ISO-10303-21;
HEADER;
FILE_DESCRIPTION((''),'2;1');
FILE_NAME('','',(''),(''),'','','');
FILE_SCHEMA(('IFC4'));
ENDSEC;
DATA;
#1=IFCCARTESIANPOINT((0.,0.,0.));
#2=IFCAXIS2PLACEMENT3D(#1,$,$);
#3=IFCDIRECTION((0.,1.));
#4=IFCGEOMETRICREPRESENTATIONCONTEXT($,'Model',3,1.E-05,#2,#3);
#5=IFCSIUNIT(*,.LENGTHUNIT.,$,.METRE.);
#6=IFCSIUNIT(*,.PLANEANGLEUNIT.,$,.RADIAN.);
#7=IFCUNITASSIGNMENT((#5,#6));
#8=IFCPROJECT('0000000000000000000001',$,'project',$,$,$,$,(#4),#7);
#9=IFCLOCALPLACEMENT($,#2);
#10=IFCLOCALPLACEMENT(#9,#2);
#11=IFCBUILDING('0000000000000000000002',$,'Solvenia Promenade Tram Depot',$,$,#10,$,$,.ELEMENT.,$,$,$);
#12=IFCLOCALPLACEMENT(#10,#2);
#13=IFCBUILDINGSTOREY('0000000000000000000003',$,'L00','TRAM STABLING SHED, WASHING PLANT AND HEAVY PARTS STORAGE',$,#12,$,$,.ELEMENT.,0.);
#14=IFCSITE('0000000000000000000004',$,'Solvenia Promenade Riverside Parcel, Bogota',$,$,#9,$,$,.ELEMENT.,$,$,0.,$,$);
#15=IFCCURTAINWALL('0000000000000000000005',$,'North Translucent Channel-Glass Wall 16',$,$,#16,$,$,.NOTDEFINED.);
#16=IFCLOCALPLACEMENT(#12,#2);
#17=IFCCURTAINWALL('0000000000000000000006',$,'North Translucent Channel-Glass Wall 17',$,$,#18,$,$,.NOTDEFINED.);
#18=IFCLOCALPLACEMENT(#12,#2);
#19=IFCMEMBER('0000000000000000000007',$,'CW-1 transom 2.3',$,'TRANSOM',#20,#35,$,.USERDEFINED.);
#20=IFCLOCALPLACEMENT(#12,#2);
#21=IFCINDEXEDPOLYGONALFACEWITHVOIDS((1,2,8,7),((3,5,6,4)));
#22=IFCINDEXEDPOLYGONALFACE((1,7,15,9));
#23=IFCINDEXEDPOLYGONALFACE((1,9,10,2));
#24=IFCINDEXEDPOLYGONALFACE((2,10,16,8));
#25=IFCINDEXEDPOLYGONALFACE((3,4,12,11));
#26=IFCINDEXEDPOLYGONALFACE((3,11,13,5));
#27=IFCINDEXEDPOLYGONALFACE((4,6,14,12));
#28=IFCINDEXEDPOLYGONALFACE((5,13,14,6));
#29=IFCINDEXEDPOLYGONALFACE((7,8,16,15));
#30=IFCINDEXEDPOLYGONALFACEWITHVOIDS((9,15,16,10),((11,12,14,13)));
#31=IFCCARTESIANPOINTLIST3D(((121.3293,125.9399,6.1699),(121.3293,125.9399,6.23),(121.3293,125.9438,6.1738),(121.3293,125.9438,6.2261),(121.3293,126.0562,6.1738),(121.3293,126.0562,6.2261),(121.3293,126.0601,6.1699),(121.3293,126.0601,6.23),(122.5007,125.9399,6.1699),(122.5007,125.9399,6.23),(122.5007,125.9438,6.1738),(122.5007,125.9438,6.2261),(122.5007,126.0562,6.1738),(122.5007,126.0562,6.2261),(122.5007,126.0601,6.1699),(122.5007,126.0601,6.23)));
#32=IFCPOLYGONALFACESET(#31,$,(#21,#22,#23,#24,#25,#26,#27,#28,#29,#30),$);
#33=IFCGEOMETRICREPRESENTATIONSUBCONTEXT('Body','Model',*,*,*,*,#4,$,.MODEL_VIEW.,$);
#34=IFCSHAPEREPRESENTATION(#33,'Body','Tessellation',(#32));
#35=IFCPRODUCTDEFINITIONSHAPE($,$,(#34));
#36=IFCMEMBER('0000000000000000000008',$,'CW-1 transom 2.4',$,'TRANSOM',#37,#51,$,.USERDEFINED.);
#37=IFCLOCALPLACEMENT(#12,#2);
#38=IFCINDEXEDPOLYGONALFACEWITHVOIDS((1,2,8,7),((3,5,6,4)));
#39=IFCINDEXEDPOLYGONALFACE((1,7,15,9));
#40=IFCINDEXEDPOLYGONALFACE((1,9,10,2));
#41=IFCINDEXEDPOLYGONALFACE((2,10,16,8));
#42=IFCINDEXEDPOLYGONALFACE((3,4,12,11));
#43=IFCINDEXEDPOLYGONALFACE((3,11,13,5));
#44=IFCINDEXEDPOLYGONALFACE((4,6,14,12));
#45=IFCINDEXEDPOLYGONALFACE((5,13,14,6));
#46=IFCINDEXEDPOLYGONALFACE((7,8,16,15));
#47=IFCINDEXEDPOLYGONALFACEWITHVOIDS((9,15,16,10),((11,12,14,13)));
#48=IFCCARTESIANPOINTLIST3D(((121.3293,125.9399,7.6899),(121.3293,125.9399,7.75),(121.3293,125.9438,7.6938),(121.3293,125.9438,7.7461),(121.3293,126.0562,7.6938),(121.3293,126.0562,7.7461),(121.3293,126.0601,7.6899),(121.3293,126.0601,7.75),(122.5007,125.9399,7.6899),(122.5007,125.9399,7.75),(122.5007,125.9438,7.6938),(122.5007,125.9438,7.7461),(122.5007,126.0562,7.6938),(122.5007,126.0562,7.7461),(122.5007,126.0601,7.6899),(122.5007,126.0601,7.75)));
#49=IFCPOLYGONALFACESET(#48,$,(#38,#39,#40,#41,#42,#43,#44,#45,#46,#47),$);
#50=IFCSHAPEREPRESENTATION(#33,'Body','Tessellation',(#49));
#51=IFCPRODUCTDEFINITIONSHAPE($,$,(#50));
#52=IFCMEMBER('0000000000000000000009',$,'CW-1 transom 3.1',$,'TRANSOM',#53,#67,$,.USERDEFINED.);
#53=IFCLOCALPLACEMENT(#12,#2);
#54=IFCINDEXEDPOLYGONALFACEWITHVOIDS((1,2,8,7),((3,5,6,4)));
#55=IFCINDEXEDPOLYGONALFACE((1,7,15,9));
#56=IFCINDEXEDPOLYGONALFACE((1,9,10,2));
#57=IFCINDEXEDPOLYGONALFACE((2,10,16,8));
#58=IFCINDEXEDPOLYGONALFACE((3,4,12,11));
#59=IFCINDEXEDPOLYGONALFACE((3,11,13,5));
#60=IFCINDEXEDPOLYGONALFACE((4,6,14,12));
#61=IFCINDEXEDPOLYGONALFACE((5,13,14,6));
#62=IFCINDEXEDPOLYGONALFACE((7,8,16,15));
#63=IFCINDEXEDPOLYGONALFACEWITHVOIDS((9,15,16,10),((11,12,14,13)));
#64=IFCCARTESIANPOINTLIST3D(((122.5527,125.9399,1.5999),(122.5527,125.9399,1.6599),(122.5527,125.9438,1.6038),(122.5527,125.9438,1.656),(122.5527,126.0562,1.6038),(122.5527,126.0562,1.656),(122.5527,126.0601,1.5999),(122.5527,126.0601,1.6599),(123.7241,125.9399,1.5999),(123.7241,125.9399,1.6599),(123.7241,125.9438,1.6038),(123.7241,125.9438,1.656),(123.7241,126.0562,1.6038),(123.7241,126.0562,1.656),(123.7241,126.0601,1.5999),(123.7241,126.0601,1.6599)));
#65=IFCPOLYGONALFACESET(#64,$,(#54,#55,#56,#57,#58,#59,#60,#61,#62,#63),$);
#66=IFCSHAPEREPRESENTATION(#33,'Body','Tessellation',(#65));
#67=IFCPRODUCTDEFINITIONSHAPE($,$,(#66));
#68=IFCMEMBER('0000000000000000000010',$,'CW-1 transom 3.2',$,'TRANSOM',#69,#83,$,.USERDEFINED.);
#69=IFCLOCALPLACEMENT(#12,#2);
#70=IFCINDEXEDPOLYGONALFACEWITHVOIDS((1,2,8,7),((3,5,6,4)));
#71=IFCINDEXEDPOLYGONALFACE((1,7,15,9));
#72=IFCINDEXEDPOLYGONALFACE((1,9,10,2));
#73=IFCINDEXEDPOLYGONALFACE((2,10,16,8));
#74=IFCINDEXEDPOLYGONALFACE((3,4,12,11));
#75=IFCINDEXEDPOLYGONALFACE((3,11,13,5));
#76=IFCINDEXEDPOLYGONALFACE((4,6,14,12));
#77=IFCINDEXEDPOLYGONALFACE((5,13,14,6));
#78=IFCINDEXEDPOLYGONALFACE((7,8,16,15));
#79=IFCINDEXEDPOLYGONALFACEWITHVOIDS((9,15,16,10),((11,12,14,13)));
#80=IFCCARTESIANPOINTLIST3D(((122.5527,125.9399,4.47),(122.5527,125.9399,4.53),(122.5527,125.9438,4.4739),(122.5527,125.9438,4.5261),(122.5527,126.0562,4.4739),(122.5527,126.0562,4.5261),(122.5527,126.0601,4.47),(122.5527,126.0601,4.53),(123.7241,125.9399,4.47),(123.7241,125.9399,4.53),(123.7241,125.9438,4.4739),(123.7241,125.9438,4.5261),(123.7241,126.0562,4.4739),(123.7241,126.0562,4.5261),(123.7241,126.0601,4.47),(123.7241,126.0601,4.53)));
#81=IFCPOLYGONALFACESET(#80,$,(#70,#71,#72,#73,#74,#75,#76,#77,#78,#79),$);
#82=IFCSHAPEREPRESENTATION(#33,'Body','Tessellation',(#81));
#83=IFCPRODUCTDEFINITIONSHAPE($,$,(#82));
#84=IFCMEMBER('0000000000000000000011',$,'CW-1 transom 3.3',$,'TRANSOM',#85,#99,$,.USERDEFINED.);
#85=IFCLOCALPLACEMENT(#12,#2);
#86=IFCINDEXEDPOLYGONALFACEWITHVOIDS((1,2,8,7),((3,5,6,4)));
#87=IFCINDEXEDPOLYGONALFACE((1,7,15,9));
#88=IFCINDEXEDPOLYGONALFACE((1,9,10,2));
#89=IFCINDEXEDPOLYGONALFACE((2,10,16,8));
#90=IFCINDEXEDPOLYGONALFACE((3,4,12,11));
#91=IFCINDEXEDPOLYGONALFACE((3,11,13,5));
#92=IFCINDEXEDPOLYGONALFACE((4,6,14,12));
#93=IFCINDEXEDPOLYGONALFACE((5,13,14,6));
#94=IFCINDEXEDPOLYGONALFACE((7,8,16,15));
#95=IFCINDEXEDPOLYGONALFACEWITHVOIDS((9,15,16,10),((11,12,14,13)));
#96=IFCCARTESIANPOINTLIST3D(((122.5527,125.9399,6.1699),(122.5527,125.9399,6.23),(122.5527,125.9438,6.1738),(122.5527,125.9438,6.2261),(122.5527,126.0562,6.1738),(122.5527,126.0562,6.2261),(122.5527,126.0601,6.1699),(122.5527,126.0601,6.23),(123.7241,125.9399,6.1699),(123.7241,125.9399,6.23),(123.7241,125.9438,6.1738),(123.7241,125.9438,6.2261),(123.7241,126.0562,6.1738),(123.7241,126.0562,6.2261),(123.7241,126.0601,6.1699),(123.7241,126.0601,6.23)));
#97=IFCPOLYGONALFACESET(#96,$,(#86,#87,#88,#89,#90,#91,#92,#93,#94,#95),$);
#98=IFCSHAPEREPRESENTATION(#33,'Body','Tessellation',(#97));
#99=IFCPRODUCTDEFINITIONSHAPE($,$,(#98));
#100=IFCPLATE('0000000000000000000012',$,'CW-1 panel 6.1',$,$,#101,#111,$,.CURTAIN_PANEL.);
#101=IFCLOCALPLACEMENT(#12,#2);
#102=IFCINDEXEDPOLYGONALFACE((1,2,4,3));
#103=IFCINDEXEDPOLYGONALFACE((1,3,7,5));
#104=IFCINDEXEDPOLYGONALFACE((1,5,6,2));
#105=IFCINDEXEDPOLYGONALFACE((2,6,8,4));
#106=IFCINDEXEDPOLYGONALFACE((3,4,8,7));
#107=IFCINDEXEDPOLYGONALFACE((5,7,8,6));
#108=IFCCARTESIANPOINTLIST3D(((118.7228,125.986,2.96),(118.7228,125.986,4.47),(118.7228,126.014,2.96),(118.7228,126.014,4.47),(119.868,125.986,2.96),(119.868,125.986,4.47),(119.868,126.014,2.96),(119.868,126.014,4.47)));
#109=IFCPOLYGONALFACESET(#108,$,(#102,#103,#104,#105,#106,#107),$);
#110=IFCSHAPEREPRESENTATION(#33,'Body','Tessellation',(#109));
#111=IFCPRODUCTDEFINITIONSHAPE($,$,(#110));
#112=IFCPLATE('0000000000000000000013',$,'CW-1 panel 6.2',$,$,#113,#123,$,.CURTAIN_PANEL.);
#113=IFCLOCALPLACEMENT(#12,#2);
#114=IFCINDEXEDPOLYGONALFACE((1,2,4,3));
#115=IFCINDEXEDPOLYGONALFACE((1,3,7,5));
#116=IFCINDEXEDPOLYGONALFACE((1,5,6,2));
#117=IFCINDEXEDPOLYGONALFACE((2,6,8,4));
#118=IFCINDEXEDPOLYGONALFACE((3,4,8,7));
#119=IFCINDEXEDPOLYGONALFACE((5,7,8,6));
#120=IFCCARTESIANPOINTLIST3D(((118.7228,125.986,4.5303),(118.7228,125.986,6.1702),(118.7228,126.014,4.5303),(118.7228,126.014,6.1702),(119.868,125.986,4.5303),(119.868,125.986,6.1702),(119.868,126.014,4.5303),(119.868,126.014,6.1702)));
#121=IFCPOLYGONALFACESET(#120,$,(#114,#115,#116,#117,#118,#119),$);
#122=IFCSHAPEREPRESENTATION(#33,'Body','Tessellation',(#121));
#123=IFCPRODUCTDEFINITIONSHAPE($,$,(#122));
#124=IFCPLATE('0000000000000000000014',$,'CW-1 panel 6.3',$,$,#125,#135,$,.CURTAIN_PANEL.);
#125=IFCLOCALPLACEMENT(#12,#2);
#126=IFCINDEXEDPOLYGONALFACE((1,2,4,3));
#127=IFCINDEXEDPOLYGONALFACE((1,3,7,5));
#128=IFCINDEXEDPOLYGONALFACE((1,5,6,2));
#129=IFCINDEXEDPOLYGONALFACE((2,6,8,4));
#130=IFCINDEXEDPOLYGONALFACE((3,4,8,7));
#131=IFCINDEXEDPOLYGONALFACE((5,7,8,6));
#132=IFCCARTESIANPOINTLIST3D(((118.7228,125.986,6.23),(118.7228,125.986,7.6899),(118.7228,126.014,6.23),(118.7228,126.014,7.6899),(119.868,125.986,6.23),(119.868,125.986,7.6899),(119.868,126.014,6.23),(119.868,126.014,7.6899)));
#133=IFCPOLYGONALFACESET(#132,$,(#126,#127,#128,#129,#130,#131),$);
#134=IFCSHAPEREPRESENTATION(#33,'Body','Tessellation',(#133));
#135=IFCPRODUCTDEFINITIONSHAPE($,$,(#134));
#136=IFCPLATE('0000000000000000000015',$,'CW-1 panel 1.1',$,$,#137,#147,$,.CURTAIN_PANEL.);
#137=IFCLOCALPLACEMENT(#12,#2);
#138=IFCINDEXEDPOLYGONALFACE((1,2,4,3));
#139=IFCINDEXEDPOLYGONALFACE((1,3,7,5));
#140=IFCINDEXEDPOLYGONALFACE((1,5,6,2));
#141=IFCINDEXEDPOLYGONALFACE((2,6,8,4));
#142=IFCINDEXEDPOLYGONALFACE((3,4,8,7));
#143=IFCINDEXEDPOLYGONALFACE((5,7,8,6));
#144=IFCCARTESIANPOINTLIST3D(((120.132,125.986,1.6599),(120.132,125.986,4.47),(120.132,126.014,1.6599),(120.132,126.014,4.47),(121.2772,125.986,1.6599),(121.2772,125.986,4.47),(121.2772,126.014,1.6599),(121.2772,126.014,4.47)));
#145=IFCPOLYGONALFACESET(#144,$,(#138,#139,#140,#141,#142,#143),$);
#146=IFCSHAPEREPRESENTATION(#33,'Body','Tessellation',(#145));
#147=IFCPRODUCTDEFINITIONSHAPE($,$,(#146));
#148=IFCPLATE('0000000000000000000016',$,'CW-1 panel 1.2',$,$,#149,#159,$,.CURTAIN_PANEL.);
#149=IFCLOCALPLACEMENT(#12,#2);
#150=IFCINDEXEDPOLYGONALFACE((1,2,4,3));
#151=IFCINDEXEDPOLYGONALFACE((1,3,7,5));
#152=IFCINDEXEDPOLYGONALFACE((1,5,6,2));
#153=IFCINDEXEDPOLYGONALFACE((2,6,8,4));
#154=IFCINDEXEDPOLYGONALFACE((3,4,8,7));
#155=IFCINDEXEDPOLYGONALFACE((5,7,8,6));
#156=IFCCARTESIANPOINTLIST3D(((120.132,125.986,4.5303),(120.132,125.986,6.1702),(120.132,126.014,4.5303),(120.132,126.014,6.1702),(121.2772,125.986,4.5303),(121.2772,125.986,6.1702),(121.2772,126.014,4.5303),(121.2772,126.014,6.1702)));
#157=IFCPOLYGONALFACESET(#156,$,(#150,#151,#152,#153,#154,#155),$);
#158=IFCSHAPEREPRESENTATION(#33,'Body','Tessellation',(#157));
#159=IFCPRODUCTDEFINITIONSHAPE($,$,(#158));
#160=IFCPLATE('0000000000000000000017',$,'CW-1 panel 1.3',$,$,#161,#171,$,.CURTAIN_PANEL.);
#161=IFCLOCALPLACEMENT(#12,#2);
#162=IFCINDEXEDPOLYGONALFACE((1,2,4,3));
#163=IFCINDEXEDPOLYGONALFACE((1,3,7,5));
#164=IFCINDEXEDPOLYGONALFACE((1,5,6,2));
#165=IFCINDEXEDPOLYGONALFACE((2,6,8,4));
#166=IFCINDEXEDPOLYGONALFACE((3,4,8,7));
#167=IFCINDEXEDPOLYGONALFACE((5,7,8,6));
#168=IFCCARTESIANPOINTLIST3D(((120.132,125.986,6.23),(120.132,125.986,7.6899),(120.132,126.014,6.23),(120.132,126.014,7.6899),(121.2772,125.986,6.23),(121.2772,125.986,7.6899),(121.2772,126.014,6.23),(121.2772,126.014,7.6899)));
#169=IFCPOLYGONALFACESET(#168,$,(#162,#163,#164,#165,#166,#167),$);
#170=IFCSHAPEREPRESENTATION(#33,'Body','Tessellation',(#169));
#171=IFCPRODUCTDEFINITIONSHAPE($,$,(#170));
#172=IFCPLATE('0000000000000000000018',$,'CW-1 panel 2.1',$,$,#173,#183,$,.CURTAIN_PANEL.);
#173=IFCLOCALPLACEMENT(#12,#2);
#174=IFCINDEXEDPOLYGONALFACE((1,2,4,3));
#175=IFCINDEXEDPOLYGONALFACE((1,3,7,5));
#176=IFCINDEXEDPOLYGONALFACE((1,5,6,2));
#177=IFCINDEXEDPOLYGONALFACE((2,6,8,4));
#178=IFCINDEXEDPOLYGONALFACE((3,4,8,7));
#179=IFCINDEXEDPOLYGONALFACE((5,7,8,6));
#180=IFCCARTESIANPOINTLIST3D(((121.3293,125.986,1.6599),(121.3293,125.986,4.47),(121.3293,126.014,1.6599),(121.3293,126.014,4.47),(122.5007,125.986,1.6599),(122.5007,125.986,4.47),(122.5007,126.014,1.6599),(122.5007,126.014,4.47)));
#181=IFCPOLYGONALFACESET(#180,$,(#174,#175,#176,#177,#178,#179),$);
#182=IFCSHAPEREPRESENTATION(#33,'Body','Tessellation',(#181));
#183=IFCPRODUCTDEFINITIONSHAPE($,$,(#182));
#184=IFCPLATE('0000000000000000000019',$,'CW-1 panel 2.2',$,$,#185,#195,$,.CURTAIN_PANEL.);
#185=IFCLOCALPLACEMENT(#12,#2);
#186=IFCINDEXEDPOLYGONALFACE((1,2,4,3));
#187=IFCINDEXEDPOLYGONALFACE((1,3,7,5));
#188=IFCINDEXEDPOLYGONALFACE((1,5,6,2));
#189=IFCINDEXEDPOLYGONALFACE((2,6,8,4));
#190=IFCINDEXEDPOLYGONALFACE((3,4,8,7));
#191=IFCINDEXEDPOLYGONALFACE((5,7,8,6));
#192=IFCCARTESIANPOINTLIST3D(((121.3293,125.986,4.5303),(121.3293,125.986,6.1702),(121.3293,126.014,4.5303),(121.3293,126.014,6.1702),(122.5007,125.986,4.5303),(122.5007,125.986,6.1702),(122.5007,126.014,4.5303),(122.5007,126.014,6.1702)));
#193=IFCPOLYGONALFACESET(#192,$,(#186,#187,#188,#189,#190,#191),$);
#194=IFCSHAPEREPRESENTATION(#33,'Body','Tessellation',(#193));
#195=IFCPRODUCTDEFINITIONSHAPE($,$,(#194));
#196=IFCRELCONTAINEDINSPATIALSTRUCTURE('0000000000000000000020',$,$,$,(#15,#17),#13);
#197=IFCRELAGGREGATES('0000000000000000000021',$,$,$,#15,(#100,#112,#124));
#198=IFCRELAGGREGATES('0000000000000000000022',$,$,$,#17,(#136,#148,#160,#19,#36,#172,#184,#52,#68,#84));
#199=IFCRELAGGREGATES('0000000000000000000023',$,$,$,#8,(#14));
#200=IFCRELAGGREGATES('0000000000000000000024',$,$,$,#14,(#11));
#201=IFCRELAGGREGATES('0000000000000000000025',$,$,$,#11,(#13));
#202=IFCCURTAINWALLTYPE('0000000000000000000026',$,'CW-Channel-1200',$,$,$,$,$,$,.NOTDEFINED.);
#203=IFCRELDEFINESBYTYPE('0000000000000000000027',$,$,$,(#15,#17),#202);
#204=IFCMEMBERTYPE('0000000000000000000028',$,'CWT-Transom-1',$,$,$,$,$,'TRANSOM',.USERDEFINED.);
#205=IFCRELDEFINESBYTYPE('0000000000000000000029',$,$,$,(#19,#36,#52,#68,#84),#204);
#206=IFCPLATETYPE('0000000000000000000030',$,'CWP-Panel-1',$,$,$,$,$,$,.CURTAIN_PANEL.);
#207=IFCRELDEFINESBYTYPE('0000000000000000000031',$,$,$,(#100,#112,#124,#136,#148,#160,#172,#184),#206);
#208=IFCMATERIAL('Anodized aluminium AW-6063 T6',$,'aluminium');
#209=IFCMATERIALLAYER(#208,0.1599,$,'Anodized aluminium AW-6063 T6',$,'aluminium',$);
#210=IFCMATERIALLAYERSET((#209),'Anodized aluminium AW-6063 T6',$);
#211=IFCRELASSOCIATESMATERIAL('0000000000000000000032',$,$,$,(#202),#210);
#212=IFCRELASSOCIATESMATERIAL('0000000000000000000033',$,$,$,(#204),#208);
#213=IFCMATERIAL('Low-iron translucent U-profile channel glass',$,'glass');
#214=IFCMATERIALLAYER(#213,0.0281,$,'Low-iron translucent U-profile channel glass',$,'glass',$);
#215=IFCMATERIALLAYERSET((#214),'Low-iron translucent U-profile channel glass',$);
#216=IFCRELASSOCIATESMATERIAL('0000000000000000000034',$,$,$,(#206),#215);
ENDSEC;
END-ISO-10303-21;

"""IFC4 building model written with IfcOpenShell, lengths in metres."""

from ifc_helpers import new_model, si_unit, direction, frame, origin, origin_2d, place, context, subcontext, project, spatial, rectangle, hollow_rectangle, extrude, material, layer, layer_set, material_profile, profile_set, type_object, element, aggregate, save


model = new_model("IFC4")

# Units and contexts
model_context = context("Model", 3, precision=1e-05, world=origin(), true_north=direction((0.0, 1.0)))
body_context = subcontext(model_context, "Body", "Model", "MODEL_VIEW")
ifc_project = project(units=[si_unit("LENGTHUNIT", "METRE"), si_unit("PLANEANGLEUNIT", "RADIAN")], contexts=[model_context])

# Site, building, storey
site_placement = place(None, origin())
site = spatial("IfcSite", under=ifc_project, at=site_placement, Name="Solvenia Promenade Riverside Parcel, Bogota", CompositionType="ELEMENT", RefElevation=0.0)
building_placement = place(site_placement, origin())
building = spatial("IfcBuilding", under=site, at=building_placement, Name="Solvenia Promenade Tram Depot", CompositionType="ELEMENT")
storey_placement = place(building_placement, origin())
storey = spatial("IfcBuildingStorey", under=building, at=storey_placement, Name="L00", Description="TRAM STABLING SHED, WASHING PLANT AND HEAVY PARTS STORAGE", CompositionType="ELEMENT", Elevation=0.0)

# Curtain wall
ifc_material_1 = material(Name="Anodized aluminium AW-6063 T6", Category="aluminium")
ifc_layer_1 = layer(ifc_material_1, 0.1599, Name="Anodized aluminium AW-6063 T6", Category="aluminium")
ifc_layer_set_1 = layer_set([ifc_layer_1], Name="Anodized aluminium AW-6063 T6")
curtain_wall_type = type_object("IfcCurtainWallType", Name="CW-Channel-1200", PredefinedType="NOTDEFINED", material=ifc_layer_set_1)
curtain_wall_1_placement = place(storey_placement, origin())
curtain_wall_1 = element("IfcCurtainWall", 1, at=curtain_wall_1_placement, inside=storey, type_object=curtain_wall_type, Name="North Translucent Channel-Glass Wall 16", PredefinedType="NOTDEFINED")

# Curtain wall
curtain_wall_2_placement = place(storey_placement, origin())
curtain_wall_2 = element("IfcCurtainWall", 2, at=curtain_wall_2_placement, inside=storey, type_object=curtain_wall_type, Name="North Translucent Channel-Glass Wall 17", PredefinedType="NOTDEFINED")

# Members
ifc_material_profile_1 = material_profile(ifc_material_1, hollow_rectangle(XDim=0.1201, YDim=0.0601, WallThickness=0.0039, at=origin_2d()), Name="ALU-T1", Category="aluminium")
ifc_profile_set_1 = profile_set([ifc_material_profile_1], Name="Anodized aluminium AW-6063 T6")
member_type_1 = type_object("IfcMemberType", Name="CWT-Transom-1", ElementType="TRANSOM", PredefinedType="USERDEFINED", material=ifc_profile_set_1)
member_1_placement = place(storey_placement, frame((121.3293, 126.0, 6.2), z_axis=(1.0, 0.0, 0.0), x_axis=(0.0, 1.0, 0.0)))
member_1 = element("IfcMember", 3, at=member_1_placement, type_object=member_type_1, Name="CW-1 transom 2.3", ObjectType="TRANSOM", PredefinedType="USERDEFINED", context=body_context, shape_type="SweptSolid", body=[
    extrude(hollow_rectangle(XDim=0.1201, YDim=0.0601, WallThickness=0.0039, at=origin_2d()), origin(), (0.0, 0.0, 1.0), 1.1714),
])
member_2_placement = place(storey_placement, frame((121.3293, 126.0, 7.72), z_axis=(1.0, 0.0, 0.0), x_axis=(0.0, 1.0, 0.0)))
member_2 = element("IfcMember", 4, at=member_2_placement, type_object=member_type_1, Name="CW-1 transom 2.4", ObjectType="TRANSOM", PredefinedType="USERDEFINED", context=body_context, shape_type="SweptSolid", body=[
    extrude(hollow_rectangle(XDim=0.1201, YDim=0.0601, WallThickness=0.0039, at=origin_2d()), origin(), (0.0, 0.0, 1.0), 1.1714),
])
member_3_placement = place(storey_placement, frame((122.5527, 126.0, 1.6299), z_axis=(1.0, 0.0, 0.0), x_axis=(0.0, 1.0, 0.0)))
member_3 = element("IfcMember", 5, at=member_3_placement, type_object=member_type_1, Name="CW-1 transom 3.1", ObjectType="TRANSOM", PredefinedType="USERDEFINED", context=body_context, shape_type="SweptSolid", body=[
    extrude(hollow_rectangle(XDim=0.1201, YDim=0.0601, WallThickness=0.0039, at=origin_2d()), origin(), (0.0, 0.0, 1.0), 1.1714),
])
member_4_placement = place(storey_placement, frame((122.5527, 126.0, 4.5), z_axis=(1.0, 0.0, 0.0), x_axis=(0.0, 1.0, 0.0)))
member_4 = element("IfcMember", 6, at=member_4_placement, type_object=member_type_1, Name="CW-1 transom 3.2", ObjectType="TRANSOM", PredefinedType="USERDEFINED", context=body_context, shape_type="SweptSolid", body=[
    extrude(hollow_rectangle(XDim=0.1201, YDim=0.0601, WallThickness=0.0039, at=origin_2d()), origin(), (0.0, 0.0, 1.0), 1.1714),
])
member_5_placement = place(storey_placement, frame((122.5527, 126.0, 6.2), z_axis=(1.0, 0.0, 0.0), x_axis=(0.0, 1.0, 0.0)))
member_5 = element("IfcMember", 7, at=member_5_placement, type_object=member_type_1, Name="CW-1 transom 3.3", ObjectType="TRANSOM", PredefinedType="USERDEFINED", context=body_context, shape_type="SweptSolid", body=[
    extrude(hollow_rectangle(XDim=0.1201, YDim=0.0601, WallThickness=0.0039, at=origin_2d()), origin(), (0.0, 0.0, 1.0), 1.1714),
])

# Plates
ifc_material_2 = material(Name="Low-iron translucent U-profile channel glass", Category="glass")
ifc_layer_2 = layer(ifc_material_2, 0.0281, Name="Low-iron translucent U-profile channel glass", Category="glass")
ifc_layer_set_2 = layer_set([ifc_layer_2], Name="Low-iron translucent U-profile channel glass")
plate_type = type_object("IfcPlateType", Name="CWP-Panel-1", PredefinedType="CURTAIN_PANEL", material=ifc_layer_set_2)
plate_1_placement = place(storey_placement, frame((119.2954, 126.0, 2.96), z_axis=(0.0, 0.0, 1.0), x_axis=(1.0, 0.0, 0.0)))
plate_1 = element("IfcPlate", 8, at=plate_1_placement, type_object=plate_type, Name="CW-1 panel 6.1", PredefinedType="CURTAIN_PANEL", context=body_context, shape_type="SweptSolid", body=[
    extrude(rectangle(XDim=1.1453, YDim=0.0281, at=origin_2d()), origin(), (0.0, 0.0, 1.0), 1.51),
])
plate_2_placement = place(storey_placement, frame((119.2954, 126.0, 4.5303), z_axis=(0.0, 0.0, 1.0), x_axis=(1.0, 0.0, 0.0)))
plate_2 = element("IfcPlate", 9, at=plate_2_placement, type_object=plate_type, Name="CW-1 panel 6.2", PredefinedType="CURTAIN_PANEL", context=body_context, shape_type="SweptSolid", body=[
    extrude(rectangle(XDim=1.1453, YDim=0.0281, at=origin_2d()), origin(), (0.0, 0.0, 1.0), 1.6399),
])
plate_3_placement = place(storey_placement, frame((119.2954, 126.0, 6.23), z_axis=(0.0, 0.0, 1.0), x_axis=(1.0, 0.0, 0.0)))
plate_3 = element("IfcPlate", 10, at=plate_3_placement, type_object=plate_type, Name="CW-1 panel 6.3", PredefinedType="CURTAIN_PANEL", context=body_context, shape_type="SweptSolid", body=[
    extrude(rectangle(XDim=1.1453, YDim=0.0281, at=origin_2d()), origin(), (0.0, 0.0, 1.0), 1.46),
])
aggregate(curtain_wall_1, [plate_1, plate_2, plate_3])
plate_4_placement = place(storey_placement, frame((120.7046, 126.0, 1.6599), z_axis=(0.0, 0.0, 1.0), x_axis=(1.0, 0.0, 0.0)))
plate_4 = element("IfcPlate", 11, at=plate_4_placement, type_object=plate_type, Name="CW-1 panel 1.1", PredefinedType="CURTAIN_PANEL", context=body_context, shape_type="SweptSolid", body=[
    extrude(rectangle(XDim=1.1453, YDim=0.0281, at=origin_2d()), origin(), (0.0, 0.0, 1.0), 2.8101),
])
plate_5_placement = place(storey_placement, frame((120.7046, 126.0, 4.5303), z_axis=(0.0, 0.0, 1.0), x_axis=(1.0, 0.0, 0.0)))
plate_5 = element("IfcPlate", 12, at=plate_5_placement, type_object=plate_type, Name="CW-1 panel 1.2", PredefinedType="CURTAIN_PANEL", context=body_context, shape_type="SweptSolid", body=[
    extrude(rectangle(XDim=1.1453, YDim=0.0281, at=origin_2d()), origin(), (0.0, 0.0, 1.0), 1.6399),
])
plate_6_placement = place(storey_placement, frame((120.7046, 126.0, 6.23), z_axis=(0.0, 0.0, 1.0), x_axis=(1.0, 0.0, 0.0)))
plate_6 = element("IfcPlate", 13, at=plate_6_placement, type_object=plate_type, Name="CW-1 panel 1.3", PredefinedType="CURTAIN_PANEL", context=body_context, shape_type="SweptSolid", body=[
    extrude(rectangle(XDim=1.1453, YDim=0.0281, at=origin_2d()), origin(), (0.0, 0.0, 1.0), 1.46),
])
plate_7_placement = place(storey_placement, frame((121.915, 126.0, 1.6599), z_axis=(0.0, 0.0, 1.0), x_axis=(1.0, 0.0, 0.0)))
plate_7 = element("IfcPlate", 14, at=plate_7_placement, type_object=plate_type, Name="CW-1 panel 2.1", PredefinedType="CURTAIN_PANEL", context=body_context, shape_type="SweptSolid", body=[
    extrude(rectangle(XDim=1.1714, YDim=0.0281, at=origin_2d()), origin(), (0.0, 0.0, 1.0), 2.8101),
])
plate_8_placement = place(storey_placement, frame((121.915, 126.0, 4.5303), z_axis=(0.0, 0.0, 1.0), x_axis=(1.0, 0.0, 0.0)))
plate_8 = element("IfcPlate", 15, at=plate_8_placement, type_object=plate_type, Name="CW-1 panel 2.2", PredefinedType="CURTAIN_PANEL", context=body_context, shape_type="SweptSolid", body=[
    extrude(rectangle(XDim=1.1714, YDim=0.0281, at=origin_2d()), origin(), (0.0, 0.0, 1.0), 1.6399),
])
aggregate(curtain_wall_2, [plate_4, plate_5, plate_6, member_1, member_2, plate_7, plate_8, member_3, member_4, member_5])

save(model, "model.ifc")
